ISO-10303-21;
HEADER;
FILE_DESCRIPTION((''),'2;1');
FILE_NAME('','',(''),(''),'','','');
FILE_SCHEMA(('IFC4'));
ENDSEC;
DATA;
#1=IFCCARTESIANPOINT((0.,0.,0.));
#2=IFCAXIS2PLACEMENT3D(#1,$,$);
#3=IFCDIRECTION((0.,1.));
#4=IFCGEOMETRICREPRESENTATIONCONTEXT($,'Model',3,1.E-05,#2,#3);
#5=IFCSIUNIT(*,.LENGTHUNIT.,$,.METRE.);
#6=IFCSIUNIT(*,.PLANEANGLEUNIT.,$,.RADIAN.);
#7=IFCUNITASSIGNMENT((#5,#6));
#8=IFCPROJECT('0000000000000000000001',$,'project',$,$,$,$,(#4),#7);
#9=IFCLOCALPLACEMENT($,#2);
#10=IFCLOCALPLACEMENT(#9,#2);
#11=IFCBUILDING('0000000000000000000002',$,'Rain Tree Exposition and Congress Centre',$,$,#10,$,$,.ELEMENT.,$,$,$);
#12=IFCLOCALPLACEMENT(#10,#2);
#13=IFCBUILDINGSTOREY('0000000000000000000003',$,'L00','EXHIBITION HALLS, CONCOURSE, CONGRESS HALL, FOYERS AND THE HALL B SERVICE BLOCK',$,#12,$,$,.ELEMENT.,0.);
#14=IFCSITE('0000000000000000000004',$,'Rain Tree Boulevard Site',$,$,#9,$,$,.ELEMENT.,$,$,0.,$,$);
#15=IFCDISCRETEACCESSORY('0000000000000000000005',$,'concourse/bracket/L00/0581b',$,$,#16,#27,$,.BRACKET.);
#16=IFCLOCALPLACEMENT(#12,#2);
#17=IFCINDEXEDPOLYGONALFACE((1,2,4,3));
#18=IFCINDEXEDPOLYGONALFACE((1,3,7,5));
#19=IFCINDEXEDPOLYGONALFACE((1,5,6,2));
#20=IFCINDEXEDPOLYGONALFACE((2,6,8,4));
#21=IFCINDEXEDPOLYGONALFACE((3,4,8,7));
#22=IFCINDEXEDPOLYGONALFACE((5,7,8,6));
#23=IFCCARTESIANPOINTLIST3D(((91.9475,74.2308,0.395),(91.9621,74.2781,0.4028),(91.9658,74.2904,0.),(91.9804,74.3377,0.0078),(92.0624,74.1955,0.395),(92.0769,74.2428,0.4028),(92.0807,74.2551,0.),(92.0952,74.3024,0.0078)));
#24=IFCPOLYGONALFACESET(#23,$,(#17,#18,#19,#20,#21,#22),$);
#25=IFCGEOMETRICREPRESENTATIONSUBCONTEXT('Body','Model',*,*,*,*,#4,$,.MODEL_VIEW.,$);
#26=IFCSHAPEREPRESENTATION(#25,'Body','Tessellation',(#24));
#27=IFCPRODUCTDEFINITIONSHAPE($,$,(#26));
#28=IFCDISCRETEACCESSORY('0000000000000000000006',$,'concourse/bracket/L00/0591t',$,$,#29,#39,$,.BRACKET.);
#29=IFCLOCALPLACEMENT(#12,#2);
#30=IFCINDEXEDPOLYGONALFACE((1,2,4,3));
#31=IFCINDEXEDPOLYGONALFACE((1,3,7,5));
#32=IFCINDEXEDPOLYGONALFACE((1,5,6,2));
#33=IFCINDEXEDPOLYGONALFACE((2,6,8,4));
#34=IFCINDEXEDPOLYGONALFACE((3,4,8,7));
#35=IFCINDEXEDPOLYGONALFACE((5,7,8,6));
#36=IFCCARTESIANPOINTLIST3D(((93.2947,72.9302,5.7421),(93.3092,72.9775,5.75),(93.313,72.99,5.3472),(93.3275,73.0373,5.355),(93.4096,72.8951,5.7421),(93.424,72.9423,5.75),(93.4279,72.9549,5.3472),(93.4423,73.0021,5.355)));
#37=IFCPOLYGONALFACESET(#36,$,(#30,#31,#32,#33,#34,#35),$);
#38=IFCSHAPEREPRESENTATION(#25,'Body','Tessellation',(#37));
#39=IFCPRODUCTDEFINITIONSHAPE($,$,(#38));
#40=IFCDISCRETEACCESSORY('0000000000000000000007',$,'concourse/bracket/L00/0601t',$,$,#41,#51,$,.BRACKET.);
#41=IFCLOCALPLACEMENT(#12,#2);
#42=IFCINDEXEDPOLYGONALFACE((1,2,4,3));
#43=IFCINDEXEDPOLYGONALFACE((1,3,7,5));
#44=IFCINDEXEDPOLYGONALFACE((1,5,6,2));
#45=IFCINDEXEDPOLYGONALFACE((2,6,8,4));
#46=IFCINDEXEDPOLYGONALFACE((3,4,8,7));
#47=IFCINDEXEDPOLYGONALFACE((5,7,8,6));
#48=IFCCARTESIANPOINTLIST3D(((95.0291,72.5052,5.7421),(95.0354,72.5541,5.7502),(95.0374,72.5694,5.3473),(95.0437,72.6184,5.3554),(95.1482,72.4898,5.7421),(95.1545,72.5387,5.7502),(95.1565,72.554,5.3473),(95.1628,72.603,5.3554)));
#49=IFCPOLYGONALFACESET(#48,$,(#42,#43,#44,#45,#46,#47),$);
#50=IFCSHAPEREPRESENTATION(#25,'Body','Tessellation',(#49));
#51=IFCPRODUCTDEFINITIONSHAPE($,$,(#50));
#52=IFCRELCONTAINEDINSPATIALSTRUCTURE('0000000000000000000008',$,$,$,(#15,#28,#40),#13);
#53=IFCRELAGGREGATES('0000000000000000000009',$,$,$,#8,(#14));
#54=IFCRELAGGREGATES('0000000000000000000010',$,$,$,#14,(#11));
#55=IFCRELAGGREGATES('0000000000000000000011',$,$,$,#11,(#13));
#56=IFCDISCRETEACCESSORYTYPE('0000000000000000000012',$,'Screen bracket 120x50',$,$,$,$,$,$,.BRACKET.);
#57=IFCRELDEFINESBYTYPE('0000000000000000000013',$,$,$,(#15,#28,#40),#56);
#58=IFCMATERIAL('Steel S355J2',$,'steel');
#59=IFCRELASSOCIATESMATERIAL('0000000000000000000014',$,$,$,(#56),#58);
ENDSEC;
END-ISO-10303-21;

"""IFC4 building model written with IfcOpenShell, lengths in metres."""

from ifc_helpers import new_model, si_unit, direction, frame, origin, origin_2d, place, context, subcontext, project, spatial, rectangle, extrude, material, material_profile, profile_set, type_object, element, save


model = new_model("IFC4")

# Units and contexts
model_context = context("Model", 3, precision=1e-05, world=origin(), true_north=direction((0.0, 1.0)))
body_context = subcontext(model_context, "Body", "Model", "MODEL_VIEW")
ifc_project = project(units=[si_unit("LENGTHUNIT", "METRE"), si_unit("PLANEANGLEUNIT", "RADIAN")], contexts=[model_context])

# Site, building, storey
site_placement = place(None, origin())
site = spatial("IfcSite", under=ifc_project, at=site_placement, Name="Rain Tree Boulevard Site", CompositionType="ELEMENT", RefElevation=0.0)
building_placement = place(site_placement, origin())
building = spatial("IfcBuilding", under=site, at=building_placement, Name="Rain Tree Exposition and Congress Centre", CompositionType="ELEMENT")
storey_placement = place(building_placement, origin())
storey = spatial("IfcBuildingStorey", under=building, at=storey_placement, Name="L00", Description="EXHIBITION HALLS, CONCOURSE, CONGRESS HALL, FOYERS AND THE HALL B SERVICE BLOCK", CompositionType="ELEMENT", Elevation=0.0)

# Discrete accessories
ifc_material_1 = material(Name="Steel S355J2", Category="steel")
ifc_material_profile_1 = material_profile(ifc_material_1, rectangle(XDim=0.1201, YDim=0.05, at=origin_2d()), Name="Flat bar 120x50")
ifc_profile_set_1 = profile_set([ifc_material_profile_1], Name="Steel S355J2")
discrete_accessory_type = type_object("IfcDiscreteAccessoryType", Name="Screen bracket 120x50", PredefinedType="BRACKET", material=ifc_profile_set_1)
for number, where, z_axis, x_axis, name in (
    (1, (92.0305, 74.2964, 0.0039), (-0.045787, -0.148961, 0.987782), (0.955864, -0.293811, 0.0), "concourse/bracket/L00/0581b"),
    (2, (93.3777, 72.9961, 5.3511), (-0.045783, -0.149558, 0.987692), (0.9562, -0.292714, 0.0), "concourse/bracket/L00/0591t"),
):
    element("IfcDiscreteAccessory", number, at=place(storey_placement, frame(where, z_axis=z_axis, x_axis=x_axis)), inside=storey, type_object=discrete_accessory_type, Name=name, PredefinedType="BRACKET", context=body_context, shape_type="SweptSolid", body=[
        extrude(rectangle(XDim=0.1201, YDim=0.05, at=origin_2d()), origin(), (0.0, 0.0, 1.0), 0.3999),
    ])
discrete_accessory_placement = place(storey_placement, frame((95.1001, 72.5862, 5.3513), z_axis=(-0.020749, -0.160503, 0.986817), x_axis=(0.991747, -0.128211, 0.0)))
element("IfcDiscreteAccessory", 3, at=discrete_accessory_placement, inside=storey, type_object=discrete_accessory_type, Name="concourse/bracket/L00/0601t", PredefinedType="BRACKET", context=body_context, shape_type="SweptSolid", body=[
    extrude(rectangle(XDim=0.1201, YDim=0.05, at=origin_2d()), origin(), (0.0, 0.0, 1.0), 0.4001),
])

save(model, "model.ifc")
